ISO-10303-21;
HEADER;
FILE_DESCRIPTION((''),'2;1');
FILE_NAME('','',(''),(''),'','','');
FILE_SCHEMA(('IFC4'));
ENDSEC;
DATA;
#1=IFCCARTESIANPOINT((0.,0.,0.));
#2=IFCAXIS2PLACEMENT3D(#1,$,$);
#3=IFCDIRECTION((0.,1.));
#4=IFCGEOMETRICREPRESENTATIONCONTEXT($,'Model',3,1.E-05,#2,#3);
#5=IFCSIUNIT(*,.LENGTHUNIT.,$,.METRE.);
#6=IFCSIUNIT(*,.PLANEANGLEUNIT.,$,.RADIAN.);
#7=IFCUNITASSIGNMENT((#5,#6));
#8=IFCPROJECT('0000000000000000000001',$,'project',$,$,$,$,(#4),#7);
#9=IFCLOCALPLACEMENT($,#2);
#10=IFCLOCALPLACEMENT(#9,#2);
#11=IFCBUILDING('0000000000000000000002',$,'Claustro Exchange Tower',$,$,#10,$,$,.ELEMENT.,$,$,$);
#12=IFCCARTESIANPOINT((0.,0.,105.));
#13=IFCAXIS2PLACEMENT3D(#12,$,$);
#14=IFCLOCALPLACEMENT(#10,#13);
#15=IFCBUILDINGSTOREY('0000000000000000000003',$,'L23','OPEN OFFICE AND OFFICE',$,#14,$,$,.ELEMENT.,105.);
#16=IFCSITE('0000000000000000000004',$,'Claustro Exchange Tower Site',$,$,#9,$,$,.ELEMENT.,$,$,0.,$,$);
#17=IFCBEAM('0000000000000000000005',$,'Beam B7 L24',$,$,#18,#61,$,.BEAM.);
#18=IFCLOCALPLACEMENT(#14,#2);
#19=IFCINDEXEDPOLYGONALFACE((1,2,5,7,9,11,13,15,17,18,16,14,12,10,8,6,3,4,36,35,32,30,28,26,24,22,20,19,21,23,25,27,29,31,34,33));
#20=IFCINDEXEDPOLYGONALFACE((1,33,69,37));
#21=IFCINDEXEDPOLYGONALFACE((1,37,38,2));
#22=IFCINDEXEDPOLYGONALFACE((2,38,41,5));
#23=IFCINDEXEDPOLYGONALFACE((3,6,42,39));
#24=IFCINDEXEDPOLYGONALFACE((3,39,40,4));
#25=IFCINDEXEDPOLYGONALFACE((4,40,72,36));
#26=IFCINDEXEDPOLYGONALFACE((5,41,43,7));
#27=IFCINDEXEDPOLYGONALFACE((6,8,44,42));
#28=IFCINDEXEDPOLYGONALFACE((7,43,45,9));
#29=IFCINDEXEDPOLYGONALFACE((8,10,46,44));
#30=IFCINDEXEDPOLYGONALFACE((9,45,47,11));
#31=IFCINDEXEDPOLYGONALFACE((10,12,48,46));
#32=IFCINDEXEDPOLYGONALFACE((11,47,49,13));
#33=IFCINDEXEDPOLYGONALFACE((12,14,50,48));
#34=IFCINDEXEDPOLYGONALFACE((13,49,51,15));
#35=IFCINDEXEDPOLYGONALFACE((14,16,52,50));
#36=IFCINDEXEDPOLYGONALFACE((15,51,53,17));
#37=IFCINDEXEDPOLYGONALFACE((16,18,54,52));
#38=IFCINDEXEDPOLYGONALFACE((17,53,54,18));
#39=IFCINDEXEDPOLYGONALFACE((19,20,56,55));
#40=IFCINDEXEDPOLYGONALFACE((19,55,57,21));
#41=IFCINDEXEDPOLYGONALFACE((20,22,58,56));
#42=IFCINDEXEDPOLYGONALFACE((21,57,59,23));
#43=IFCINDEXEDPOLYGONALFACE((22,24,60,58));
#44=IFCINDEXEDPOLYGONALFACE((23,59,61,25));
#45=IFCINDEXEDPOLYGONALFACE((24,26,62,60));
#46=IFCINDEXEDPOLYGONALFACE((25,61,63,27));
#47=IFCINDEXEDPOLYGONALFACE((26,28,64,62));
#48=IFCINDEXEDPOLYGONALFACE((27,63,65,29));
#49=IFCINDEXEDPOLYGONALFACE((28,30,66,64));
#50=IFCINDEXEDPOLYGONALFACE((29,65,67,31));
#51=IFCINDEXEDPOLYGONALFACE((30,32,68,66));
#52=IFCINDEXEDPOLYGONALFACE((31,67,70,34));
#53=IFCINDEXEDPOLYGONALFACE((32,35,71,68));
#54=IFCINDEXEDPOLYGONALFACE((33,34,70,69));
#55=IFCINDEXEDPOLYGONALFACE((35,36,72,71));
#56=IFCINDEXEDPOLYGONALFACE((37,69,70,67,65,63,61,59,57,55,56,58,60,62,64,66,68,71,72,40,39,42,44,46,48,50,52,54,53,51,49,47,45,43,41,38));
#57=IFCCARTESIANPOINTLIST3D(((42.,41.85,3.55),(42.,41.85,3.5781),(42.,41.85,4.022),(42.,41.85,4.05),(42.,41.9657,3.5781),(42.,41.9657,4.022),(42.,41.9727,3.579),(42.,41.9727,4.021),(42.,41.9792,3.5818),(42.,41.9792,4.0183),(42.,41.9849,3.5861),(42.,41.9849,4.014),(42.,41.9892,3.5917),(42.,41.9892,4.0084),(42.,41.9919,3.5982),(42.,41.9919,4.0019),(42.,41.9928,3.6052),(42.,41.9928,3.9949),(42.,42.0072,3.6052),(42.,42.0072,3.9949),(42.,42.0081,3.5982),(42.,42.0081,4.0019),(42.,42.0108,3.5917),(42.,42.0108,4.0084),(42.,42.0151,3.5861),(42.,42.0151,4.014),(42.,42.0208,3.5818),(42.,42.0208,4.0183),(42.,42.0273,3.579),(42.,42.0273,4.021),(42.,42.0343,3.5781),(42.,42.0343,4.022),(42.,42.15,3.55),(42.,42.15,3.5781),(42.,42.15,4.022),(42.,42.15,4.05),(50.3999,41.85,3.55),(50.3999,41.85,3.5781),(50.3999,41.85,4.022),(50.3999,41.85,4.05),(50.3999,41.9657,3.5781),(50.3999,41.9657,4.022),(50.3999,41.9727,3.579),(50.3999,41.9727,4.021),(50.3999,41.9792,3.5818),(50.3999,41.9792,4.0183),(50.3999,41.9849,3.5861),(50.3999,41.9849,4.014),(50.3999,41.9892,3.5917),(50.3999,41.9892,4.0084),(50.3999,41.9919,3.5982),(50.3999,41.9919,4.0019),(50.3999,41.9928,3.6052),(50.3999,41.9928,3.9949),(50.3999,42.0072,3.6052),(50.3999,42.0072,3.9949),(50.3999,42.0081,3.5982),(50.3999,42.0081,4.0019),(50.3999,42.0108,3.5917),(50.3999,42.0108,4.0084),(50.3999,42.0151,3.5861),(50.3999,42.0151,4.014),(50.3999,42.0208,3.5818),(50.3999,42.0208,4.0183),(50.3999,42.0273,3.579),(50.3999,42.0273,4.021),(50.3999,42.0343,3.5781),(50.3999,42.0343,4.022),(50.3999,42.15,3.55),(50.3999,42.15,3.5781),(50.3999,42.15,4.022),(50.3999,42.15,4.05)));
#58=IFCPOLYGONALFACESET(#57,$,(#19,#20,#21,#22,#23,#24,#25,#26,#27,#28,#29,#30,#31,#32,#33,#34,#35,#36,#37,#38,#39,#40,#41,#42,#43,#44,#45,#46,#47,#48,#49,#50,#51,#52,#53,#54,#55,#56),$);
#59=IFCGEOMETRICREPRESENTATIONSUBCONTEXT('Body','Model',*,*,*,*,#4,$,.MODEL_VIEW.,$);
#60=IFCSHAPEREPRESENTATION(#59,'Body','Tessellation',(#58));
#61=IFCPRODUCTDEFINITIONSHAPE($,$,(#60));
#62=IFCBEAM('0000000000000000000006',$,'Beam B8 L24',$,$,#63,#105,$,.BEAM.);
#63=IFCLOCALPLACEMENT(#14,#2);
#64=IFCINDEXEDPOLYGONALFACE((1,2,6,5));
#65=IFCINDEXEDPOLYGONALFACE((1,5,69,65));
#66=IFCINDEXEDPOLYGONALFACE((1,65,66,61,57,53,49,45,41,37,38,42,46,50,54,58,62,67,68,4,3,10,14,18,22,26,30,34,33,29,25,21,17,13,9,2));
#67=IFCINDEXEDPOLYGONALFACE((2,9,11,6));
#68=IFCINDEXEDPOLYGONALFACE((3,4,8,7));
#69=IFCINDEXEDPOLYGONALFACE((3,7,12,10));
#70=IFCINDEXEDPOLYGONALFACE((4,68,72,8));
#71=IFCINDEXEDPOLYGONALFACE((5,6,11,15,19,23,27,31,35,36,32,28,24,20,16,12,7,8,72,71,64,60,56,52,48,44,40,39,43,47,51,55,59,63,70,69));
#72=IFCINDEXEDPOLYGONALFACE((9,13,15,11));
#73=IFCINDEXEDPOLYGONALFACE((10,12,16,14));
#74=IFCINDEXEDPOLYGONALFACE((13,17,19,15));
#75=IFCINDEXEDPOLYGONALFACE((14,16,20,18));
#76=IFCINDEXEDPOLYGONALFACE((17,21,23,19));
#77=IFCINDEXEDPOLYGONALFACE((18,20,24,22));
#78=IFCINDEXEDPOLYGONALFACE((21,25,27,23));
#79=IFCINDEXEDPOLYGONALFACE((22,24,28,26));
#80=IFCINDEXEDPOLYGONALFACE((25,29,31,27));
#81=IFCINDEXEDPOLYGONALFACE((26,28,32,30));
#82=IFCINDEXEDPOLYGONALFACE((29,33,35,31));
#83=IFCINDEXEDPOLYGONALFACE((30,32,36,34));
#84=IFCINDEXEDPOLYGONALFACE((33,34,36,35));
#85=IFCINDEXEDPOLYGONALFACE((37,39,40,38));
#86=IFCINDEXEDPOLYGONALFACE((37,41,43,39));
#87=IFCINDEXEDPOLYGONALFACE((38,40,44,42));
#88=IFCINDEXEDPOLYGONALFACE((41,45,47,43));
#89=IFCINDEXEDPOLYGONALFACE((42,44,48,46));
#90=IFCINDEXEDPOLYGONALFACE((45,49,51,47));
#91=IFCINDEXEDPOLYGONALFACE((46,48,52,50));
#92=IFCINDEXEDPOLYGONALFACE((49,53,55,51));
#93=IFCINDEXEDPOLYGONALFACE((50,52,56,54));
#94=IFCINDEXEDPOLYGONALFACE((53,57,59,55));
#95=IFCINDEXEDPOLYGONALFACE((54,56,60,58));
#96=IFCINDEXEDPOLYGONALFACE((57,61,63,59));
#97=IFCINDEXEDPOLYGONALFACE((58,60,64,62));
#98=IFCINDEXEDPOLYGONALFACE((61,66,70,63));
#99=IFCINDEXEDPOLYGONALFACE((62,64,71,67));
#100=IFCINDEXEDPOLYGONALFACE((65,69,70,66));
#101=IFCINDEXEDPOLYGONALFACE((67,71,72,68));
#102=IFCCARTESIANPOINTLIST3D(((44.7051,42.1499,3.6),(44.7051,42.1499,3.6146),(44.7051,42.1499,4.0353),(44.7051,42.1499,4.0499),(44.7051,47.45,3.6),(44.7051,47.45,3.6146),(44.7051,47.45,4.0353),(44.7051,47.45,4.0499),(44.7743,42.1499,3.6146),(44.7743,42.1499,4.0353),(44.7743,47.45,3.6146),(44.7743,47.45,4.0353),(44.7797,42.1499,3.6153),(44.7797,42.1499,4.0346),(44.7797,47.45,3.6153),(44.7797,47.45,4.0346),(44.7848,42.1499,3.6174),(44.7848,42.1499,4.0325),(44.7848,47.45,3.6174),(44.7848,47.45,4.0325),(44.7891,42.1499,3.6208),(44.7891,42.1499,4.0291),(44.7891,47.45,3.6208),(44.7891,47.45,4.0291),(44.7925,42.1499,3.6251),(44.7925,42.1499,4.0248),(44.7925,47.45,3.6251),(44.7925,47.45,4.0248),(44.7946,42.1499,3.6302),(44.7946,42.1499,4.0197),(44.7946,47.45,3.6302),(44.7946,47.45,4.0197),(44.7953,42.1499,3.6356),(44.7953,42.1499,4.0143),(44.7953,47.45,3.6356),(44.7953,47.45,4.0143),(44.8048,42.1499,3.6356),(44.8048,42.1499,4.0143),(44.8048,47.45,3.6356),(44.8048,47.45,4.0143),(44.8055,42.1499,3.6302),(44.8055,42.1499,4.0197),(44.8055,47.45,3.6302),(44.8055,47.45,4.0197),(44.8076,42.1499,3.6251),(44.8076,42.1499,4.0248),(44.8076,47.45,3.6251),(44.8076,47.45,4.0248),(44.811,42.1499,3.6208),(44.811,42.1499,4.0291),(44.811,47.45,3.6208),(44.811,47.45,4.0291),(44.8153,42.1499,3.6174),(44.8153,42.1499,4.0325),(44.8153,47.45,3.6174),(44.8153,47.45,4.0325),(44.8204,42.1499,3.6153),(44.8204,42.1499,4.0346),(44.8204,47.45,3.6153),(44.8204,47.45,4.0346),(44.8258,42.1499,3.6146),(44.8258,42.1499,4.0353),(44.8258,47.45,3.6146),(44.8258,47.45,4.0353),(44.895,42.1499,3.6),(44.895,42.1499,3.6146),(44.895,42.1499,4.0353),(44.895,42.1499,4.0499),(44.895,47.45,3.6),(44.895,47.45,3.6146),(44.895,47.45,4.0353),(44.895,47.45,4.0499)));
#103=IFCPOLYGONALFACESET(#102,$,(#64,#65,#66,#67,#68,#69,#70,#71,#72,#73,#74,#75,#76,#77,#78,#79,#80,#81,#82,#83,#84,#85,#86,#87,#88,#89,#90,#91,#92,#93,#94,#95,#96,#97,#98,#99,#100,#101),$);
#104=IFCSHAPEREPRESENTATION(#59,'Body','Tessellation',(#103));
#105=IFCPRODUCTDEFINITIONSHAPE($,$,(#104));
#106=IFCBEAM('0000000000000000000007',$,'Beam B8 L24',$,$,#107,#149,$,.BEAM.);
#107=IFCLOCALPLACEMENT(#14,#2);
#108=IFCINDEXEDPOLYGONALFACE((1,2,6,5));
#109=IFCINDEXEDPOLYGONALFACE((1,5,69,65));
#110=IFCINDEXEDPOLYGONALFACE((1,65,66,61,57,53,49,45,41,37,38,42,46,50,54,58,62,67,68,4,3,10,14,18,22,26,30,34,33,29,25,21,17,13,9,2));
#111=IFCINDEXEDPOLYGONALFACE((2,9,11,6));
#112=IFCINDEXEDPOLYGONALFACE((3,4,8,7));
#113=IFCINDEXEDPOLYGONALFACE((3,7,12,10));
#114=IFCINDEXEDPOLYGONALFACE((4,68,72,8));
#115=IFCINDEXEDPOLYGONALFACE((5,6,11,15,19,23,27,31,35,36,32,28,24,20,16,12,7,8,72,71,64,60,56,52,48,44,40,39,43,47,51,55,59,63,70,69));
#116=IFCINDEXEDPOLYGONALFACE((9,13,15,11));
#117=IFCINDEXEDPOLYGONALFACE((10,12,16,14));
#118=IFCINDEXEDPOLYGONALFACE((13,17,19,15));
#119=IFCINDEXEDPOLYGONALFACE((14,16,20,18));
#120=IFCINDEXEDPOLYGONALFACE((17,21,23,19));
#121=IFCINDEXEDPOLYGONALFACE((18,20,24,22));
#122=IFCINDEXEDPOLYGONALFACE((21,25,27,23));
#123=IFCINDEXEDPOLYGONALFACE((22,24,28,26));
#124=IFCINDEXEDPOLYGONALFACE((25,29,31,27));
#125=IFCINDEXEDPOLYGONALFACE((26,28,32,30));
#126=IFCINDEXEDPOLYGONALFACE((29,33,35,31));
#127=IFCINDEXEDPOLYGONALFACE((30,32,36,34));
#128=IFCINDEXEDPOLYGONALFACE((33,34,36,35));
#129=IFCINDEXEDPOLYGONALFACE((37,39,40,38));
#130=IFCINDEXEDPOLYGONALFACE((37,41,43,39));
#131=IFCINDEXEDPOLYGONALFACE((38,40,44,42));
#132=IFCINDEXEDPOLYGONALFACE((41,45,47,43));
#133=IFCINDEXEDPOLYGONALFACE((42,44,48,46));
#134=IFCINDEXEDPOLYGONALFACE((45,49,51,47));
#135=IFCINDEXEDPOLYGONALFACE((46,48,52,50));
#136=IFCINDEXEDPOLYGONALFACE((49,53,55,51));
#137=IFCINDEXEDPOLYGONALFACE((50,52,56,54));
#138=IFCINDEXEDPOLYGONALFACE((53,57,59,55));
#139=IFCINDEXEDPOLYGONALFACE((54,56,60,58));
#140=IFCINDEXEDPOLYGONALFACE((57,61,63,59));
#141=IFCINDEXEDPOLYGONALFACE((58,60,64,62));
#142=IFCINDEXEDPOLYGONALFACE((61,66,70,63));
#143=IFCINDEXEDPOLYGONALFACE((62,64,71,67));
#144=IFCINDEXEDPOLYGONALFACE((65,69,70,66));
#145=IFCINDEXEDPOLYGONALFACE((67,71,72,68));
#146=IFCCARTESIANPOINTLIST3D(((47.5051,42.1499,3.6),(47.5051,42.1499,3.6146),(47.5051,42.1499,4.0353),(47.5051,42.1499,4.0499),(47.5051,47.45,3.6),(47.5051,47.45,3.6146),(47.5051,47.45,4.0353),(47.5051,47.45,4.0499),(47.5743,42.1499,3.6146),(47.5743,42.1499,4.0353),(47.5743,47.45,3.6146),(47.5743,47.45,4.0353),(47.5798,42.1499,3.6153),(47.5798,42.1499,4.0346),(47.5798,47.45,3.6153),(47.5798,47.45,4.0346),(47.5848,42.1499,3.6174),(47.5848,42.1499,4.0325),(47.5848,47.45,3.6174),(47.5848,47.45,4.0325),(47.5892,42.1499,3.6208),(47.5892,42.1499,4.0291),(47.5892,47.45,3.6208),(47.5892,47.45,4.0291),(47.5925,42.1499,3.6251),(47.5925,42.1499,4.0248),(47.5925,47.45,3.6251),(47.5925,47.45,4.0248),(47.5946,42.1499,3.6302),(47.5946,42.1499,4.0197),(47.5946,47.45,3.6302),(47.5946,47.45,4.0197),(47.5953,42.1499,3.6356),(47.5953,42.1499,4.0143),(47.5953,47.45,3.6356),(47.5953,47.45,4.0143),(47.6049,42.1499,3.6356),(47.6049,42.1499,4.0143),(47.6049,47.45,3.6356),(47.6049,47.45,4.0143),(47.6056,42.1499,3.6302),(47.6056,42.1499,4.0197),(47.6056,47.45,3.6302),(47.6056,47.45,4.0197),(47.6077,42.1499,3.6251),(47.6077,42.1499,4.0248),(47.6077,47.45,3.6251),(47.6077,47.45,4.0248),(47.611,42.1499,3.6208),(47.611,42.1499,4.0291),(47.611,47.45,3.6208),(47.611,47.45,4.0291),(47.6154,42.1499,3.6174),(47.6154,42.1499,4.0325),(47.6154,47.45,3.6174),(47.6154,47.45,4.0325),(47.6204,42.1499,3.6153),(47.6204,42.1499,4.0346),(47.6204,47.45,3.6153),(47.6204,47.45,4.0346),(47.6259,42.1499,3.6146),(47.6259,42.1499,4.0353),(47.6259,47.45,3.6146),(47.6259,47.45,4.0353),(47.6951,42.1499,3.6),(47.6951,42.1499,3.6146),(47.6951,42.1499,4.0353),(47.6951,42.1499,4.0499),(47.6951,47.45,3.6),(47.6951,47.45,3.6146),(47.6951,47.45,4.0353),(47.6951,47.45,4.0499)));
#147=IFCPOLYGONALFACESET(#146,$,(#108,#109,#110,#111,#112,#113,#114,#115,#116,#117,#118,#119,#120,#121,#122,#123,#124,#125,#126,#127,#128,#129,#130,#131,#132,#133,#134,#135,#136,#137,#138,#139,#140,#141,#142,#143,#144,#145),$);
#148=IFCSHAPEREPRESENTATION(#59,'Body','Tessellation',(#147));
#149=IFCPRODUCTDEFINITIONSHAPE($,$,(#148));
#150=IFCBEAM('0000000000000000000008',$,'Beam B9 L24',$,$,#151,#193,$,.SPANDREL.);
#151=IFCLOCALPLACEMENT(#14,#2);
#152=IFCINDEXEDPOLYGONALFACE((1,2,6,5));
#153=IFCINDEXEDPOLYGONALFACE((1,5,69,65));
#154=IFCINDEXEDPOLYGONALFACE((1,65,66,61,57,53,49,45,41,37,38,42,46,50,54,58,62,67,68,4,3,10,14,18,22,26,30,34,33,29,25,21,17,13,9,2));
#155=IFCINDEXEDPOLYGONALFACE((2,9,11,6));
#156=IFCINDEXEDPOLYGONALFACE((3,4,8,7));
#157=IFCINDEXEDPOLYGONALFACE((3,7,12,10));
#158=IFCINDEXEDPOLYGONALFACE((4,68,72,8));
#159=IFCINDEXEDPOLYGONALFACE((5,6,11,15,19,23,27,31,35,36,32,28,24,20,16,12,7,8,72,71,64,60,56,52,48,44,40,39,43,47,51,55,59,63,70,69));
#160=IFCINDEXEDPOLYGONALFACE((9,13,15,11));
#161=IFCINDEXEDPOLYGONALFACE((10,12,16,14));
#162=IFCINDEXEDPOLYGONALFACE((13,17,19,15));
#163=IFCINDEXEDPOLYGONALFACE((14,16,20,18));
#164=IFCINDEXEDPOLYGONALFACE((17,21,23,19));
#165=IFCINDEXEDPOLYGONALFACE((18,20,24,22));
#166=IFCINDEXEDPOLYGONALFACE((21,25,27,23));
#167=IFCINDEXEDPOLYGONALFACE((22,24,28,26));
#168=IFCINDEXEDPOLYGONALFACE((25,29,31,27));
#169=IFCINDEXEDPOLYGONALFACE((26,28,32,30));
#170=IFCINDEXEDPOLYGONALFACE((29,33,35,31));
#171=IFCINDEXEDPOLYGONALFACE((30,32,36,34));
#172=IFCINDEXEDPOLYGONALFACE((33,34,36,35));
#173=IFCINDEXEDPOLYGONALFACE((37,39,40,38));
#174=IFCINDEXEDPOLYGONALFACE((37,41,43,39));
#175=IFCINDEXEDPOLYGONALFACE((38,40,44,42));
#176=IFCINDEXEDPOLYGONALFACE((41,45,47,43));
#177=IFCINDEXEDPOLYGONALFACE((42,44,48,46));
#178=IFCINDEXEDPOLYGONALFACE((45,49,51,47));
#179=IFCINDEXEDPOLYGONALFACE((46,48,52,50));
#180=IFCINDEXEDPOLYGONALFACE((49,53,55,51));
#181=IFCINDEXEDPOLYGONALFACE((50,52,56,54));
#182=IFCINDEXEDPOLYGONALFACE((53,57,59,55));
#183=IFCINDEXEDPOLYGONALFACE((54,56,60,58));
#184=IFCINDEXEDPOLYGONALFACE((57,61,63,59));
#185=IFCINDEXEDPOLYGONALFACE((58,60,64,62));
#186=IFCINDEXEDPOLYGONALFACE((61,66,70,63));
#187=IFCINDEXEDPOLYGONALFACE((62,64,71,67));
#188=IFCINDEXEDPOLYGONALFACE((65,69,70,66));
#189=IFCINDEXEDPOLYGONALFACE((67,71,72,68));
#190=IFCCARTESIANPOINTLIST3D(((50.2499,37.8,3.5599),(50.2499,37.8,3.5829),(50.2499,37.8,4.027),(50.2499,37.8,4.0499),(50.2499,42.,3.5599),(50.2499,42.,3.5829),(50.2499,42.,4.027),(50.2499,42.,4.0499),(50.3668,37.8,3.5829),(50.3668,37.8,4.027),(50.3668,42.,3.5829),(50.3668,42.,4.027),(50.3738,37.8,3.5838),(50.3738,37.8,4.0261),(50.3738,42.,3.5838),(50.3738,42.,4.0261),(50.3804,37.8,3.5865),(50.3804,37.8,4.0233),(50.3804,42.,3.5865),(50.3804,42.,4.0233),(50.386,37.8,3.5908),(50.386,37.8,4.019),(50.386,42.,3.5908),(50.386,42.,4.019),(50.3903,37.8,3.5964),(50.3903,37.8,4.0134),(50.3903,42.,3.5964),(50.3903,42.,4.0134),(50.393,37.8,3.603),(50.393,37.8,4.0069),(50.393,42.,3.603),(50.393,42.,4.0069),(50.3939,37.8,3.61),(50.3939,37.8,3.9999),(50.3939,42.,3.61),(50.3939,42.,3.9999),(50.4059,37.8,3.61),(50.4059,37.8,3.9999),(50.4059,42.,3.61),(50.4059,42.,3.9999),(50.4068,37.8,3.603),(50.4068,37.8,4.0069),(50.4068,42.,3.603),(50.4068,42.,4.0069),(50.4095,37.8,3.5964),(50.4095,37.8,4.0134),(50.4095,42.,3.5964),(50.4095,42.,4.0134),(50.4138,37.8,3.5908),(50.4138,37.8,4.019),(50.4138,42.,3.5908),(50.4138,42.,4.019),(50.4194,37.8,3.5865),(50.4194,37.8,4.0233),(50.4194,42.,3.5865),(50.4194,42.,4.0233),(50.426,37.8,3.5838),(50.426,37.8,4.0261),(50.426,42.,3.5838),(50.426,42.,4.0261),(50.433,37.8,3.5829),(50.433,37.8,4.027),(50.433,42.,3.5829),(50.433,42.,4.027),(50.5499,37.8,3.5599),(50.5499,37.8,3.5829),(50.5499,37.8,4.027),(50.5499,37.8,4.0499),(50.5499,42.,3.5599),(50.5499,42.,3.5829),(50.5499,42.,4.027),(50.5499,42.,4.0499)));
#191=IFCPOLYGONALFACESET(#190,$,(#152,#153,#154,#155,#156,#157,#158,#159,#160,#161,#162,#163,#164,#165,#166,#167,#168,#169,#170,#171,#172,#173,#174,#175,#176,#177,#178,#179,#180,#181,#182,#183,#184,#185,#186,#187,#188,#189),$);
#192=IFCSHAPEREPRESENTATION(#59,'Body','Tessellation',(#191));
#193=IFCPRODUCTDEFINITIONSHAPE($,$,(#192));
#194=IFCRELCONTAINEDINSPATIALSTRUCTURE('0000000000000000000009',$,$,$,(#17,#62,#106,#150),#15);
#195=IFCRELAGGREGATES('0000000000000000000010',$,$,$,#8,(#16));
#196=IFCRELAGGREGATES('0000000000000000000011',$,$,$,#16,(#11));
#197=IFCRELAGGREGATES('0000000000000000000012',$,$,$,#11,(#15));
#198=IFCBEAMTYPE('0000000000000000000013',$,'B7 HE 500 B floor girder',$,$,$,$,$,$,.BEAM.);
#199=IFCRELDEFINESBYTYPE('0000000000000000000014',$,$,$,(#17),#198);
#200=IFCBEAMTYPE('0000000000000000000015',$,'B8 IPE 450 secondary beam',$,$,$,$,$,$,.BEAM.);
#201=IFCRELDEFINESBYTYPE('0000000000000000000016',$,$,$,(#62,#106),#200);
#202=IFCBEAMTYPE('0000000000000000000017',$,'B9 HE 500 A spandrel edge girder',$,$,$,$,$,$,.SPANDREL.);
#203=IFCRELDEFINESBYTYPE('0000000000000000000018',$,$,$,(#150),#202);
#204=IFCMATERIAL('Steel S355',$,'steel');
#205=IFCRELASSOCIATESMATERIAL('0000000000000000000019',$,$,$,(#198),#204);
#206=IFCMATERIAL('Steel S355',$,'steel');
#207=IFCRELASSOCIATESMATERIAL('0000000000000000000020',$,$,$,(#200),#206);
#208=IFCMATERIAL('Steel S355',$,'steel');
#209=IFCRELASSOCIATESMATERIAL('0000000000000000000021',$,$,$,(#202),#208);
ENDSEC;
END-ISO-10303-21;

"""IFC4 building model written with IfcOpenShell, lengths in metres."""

from ifc_helpers import new_model, si_unit, direction, frame, origin, origin_2d, place, context, subcontext, project, spatial, i_section, extrude, material, material_profile, profile_set, type_object, element, save


model = new_model("IFC4")

# Units and contexts
model_context = context("Model", 3, precision=1e-05, world=origin(), true_north=direction((0.0, 1.0)))
body_context = subcontext(model_context, "Body", "Model", "MODEL_VIEW")
ifc_project = project(units=[si_unit("LENGTHUNIT", "METRE"), si_unit("PLANEANGLEUNIT", "RADIAN")], contexts=[model_context])

# Site, building, storey
site_placement = place(None, origin())
site = spatial("IfcSite", under=ifc_project, at=site_placement, Name="Claustro Exchange Tower Site", CompositionType="ELEMENT", RefElevation=0.0)
building_placement = place(site_placement, origin())
building = spatial("IfcBuilding", under=site, at=building_placement, Name="Claustro Exchange Tower", CompositionType="ELEMENT")
storey_placement = place(building_placement, frame((0.0, 0.0, 105.0)))
storey = spatial("IfcBuildingStorey", under=building, at=storey_placement, Name="L23", Description="OPEN OFFICE AND OFFICE", CompositionType="ELEMENT", Elevation=105.0)

# Beams
ifc_material_1 = material(Name="Steel S355", Category="steel")
ifc_material_profile_1 = material_profile(ifc_material_1, i_section(OverallWidth=0.3, OverallDepth=0.5, WebThickness=0.0144, FlangeThickness=0.0281, FilletRadius=0.0271, at=origin_2d()), Name="HE 500 B")
ifc_profile_set_1 = profile_set([ifc_material_profile_1], Name="Steel S355")
beam_type_1 = type_object("IfcBeamType", Name="B7 HE 500 B floor girder", PredefinedType="BEAM", material=ifc_profile_set_1)
beam_1_placement = place(storey_placement, frame((42.0, 42.0, 3.8), z_axis=(1.0, 0.0, 0.0), x_axis=(0.0, 1.0, 0.0)))
element("IfcBeam", 1, at=beam_1_placement, inside=storey, type_object=beam_type_1, Name="Beam B7 L24", PredefinedType="BEAM", context=body_context, shape_type="SweptSolid", body=[
    extrude(i_section(OverallWidth=0.3, OverallDepth=0.5, WebThickness=0.0144, FlangeThickness=0.0281, FilletRadius=0.0271, at=origin_2d()), origin(), (0.0, 0.0, 1.0), 8.3999),
])
ifc_material_2 = material(Name="Steel S355", Category="steel")
ifc_material_profile_2 = material_profile(ifc_material_2, i_section(OverallWidth=0.1899, OverallDepth=0.45, WebThickness=0.0095, FlangeThickness=0.0146, FilletRadius=0.021, at=origin_2d()), Name="IPE 450")
ifc_profile_set_2 = profile_set([ifc_material_profile_2], Name="Steel S355")
beam_type_2 = type_object("IfcBeamType", Name="B8 IPE 450 secondary beam", PredefinedType="BEAM", material=ifc_profile_set_2)
for number, where, z_axis, x_axis, name in (
    (2, (44.8, 42.1499, 3.825), (0.0, 1.0, 0.0), (-1.0, 0.0, 0.0), "Beam B8 L24"),
    (3, (47.6001, 42.1499, 3.825), (0.0, 1.0, 0.0), (-1.0, 0.0, 0.0), "Beam B8 L24"),
):
    element("IfcBeam", number, at=place(storey_placement, frame(where, z_axis=z_axis, x_axis=x_axis)), inside=storey, type_object=beam_type_2, Name=name, PredefinedType="BEAM", context=body_context, shape_type="SweptSolid", body=[
        extrude(i_section(OverallWidth=0.1899, OverallDepth=0.45, WebThickness=0.0095, FlangeThickness=0.0146, FilletRadius=0.021, at=origin_2d()), origin(), (0.0, 0.0, 1.0), 5.3),
    ])
ifc_material_3 = material(Name="Steel S355", Category="steel")
ifc_material_profile_3 = material_profile(ifc_material_3, i_section(OverallWidth=0.3, OverallDepth=0.49, WebThickness=0.012, FlangeThickness=0.0229, FilletRadius=0.0271, at=origin_2d()), Name="HE 500 A")
ifc_profile_set_3 = profile_set([ifc_material_profile_3], Name="Steel S355")
beam_type_3 = type_object("IfcBeamType", Name="B9 HE 500 A spandrel edge girder", PredefinedType="SPANDREL", material=ifc_profile_set_3)
beam_2_placement = place(storey_placement, frame((50.3999, 37.8, 3.8049), z_axis=(0.0, 1.0, 0.0), x_axis=(-1.0, 0.0, 0.0)))
element("IfcBeam", 4, at=beam_2_placement, inside=storey, type_object=beam_type_3, Name="Beam B9 L24", PredefinedType="SPANDREL", context=body_context, shape_type="SweptSolid", body=[
    extrude(i_section(OverallWidth=0.3, OverallDepth=0.49, WebThickness=0.012, FlangeThickness=0.0229, FilletRadius=0.0271, at=origin_2d()), origin(), (0.0, 0.0, 1.0), 4.2),
])

save(model, "model.ifc")
